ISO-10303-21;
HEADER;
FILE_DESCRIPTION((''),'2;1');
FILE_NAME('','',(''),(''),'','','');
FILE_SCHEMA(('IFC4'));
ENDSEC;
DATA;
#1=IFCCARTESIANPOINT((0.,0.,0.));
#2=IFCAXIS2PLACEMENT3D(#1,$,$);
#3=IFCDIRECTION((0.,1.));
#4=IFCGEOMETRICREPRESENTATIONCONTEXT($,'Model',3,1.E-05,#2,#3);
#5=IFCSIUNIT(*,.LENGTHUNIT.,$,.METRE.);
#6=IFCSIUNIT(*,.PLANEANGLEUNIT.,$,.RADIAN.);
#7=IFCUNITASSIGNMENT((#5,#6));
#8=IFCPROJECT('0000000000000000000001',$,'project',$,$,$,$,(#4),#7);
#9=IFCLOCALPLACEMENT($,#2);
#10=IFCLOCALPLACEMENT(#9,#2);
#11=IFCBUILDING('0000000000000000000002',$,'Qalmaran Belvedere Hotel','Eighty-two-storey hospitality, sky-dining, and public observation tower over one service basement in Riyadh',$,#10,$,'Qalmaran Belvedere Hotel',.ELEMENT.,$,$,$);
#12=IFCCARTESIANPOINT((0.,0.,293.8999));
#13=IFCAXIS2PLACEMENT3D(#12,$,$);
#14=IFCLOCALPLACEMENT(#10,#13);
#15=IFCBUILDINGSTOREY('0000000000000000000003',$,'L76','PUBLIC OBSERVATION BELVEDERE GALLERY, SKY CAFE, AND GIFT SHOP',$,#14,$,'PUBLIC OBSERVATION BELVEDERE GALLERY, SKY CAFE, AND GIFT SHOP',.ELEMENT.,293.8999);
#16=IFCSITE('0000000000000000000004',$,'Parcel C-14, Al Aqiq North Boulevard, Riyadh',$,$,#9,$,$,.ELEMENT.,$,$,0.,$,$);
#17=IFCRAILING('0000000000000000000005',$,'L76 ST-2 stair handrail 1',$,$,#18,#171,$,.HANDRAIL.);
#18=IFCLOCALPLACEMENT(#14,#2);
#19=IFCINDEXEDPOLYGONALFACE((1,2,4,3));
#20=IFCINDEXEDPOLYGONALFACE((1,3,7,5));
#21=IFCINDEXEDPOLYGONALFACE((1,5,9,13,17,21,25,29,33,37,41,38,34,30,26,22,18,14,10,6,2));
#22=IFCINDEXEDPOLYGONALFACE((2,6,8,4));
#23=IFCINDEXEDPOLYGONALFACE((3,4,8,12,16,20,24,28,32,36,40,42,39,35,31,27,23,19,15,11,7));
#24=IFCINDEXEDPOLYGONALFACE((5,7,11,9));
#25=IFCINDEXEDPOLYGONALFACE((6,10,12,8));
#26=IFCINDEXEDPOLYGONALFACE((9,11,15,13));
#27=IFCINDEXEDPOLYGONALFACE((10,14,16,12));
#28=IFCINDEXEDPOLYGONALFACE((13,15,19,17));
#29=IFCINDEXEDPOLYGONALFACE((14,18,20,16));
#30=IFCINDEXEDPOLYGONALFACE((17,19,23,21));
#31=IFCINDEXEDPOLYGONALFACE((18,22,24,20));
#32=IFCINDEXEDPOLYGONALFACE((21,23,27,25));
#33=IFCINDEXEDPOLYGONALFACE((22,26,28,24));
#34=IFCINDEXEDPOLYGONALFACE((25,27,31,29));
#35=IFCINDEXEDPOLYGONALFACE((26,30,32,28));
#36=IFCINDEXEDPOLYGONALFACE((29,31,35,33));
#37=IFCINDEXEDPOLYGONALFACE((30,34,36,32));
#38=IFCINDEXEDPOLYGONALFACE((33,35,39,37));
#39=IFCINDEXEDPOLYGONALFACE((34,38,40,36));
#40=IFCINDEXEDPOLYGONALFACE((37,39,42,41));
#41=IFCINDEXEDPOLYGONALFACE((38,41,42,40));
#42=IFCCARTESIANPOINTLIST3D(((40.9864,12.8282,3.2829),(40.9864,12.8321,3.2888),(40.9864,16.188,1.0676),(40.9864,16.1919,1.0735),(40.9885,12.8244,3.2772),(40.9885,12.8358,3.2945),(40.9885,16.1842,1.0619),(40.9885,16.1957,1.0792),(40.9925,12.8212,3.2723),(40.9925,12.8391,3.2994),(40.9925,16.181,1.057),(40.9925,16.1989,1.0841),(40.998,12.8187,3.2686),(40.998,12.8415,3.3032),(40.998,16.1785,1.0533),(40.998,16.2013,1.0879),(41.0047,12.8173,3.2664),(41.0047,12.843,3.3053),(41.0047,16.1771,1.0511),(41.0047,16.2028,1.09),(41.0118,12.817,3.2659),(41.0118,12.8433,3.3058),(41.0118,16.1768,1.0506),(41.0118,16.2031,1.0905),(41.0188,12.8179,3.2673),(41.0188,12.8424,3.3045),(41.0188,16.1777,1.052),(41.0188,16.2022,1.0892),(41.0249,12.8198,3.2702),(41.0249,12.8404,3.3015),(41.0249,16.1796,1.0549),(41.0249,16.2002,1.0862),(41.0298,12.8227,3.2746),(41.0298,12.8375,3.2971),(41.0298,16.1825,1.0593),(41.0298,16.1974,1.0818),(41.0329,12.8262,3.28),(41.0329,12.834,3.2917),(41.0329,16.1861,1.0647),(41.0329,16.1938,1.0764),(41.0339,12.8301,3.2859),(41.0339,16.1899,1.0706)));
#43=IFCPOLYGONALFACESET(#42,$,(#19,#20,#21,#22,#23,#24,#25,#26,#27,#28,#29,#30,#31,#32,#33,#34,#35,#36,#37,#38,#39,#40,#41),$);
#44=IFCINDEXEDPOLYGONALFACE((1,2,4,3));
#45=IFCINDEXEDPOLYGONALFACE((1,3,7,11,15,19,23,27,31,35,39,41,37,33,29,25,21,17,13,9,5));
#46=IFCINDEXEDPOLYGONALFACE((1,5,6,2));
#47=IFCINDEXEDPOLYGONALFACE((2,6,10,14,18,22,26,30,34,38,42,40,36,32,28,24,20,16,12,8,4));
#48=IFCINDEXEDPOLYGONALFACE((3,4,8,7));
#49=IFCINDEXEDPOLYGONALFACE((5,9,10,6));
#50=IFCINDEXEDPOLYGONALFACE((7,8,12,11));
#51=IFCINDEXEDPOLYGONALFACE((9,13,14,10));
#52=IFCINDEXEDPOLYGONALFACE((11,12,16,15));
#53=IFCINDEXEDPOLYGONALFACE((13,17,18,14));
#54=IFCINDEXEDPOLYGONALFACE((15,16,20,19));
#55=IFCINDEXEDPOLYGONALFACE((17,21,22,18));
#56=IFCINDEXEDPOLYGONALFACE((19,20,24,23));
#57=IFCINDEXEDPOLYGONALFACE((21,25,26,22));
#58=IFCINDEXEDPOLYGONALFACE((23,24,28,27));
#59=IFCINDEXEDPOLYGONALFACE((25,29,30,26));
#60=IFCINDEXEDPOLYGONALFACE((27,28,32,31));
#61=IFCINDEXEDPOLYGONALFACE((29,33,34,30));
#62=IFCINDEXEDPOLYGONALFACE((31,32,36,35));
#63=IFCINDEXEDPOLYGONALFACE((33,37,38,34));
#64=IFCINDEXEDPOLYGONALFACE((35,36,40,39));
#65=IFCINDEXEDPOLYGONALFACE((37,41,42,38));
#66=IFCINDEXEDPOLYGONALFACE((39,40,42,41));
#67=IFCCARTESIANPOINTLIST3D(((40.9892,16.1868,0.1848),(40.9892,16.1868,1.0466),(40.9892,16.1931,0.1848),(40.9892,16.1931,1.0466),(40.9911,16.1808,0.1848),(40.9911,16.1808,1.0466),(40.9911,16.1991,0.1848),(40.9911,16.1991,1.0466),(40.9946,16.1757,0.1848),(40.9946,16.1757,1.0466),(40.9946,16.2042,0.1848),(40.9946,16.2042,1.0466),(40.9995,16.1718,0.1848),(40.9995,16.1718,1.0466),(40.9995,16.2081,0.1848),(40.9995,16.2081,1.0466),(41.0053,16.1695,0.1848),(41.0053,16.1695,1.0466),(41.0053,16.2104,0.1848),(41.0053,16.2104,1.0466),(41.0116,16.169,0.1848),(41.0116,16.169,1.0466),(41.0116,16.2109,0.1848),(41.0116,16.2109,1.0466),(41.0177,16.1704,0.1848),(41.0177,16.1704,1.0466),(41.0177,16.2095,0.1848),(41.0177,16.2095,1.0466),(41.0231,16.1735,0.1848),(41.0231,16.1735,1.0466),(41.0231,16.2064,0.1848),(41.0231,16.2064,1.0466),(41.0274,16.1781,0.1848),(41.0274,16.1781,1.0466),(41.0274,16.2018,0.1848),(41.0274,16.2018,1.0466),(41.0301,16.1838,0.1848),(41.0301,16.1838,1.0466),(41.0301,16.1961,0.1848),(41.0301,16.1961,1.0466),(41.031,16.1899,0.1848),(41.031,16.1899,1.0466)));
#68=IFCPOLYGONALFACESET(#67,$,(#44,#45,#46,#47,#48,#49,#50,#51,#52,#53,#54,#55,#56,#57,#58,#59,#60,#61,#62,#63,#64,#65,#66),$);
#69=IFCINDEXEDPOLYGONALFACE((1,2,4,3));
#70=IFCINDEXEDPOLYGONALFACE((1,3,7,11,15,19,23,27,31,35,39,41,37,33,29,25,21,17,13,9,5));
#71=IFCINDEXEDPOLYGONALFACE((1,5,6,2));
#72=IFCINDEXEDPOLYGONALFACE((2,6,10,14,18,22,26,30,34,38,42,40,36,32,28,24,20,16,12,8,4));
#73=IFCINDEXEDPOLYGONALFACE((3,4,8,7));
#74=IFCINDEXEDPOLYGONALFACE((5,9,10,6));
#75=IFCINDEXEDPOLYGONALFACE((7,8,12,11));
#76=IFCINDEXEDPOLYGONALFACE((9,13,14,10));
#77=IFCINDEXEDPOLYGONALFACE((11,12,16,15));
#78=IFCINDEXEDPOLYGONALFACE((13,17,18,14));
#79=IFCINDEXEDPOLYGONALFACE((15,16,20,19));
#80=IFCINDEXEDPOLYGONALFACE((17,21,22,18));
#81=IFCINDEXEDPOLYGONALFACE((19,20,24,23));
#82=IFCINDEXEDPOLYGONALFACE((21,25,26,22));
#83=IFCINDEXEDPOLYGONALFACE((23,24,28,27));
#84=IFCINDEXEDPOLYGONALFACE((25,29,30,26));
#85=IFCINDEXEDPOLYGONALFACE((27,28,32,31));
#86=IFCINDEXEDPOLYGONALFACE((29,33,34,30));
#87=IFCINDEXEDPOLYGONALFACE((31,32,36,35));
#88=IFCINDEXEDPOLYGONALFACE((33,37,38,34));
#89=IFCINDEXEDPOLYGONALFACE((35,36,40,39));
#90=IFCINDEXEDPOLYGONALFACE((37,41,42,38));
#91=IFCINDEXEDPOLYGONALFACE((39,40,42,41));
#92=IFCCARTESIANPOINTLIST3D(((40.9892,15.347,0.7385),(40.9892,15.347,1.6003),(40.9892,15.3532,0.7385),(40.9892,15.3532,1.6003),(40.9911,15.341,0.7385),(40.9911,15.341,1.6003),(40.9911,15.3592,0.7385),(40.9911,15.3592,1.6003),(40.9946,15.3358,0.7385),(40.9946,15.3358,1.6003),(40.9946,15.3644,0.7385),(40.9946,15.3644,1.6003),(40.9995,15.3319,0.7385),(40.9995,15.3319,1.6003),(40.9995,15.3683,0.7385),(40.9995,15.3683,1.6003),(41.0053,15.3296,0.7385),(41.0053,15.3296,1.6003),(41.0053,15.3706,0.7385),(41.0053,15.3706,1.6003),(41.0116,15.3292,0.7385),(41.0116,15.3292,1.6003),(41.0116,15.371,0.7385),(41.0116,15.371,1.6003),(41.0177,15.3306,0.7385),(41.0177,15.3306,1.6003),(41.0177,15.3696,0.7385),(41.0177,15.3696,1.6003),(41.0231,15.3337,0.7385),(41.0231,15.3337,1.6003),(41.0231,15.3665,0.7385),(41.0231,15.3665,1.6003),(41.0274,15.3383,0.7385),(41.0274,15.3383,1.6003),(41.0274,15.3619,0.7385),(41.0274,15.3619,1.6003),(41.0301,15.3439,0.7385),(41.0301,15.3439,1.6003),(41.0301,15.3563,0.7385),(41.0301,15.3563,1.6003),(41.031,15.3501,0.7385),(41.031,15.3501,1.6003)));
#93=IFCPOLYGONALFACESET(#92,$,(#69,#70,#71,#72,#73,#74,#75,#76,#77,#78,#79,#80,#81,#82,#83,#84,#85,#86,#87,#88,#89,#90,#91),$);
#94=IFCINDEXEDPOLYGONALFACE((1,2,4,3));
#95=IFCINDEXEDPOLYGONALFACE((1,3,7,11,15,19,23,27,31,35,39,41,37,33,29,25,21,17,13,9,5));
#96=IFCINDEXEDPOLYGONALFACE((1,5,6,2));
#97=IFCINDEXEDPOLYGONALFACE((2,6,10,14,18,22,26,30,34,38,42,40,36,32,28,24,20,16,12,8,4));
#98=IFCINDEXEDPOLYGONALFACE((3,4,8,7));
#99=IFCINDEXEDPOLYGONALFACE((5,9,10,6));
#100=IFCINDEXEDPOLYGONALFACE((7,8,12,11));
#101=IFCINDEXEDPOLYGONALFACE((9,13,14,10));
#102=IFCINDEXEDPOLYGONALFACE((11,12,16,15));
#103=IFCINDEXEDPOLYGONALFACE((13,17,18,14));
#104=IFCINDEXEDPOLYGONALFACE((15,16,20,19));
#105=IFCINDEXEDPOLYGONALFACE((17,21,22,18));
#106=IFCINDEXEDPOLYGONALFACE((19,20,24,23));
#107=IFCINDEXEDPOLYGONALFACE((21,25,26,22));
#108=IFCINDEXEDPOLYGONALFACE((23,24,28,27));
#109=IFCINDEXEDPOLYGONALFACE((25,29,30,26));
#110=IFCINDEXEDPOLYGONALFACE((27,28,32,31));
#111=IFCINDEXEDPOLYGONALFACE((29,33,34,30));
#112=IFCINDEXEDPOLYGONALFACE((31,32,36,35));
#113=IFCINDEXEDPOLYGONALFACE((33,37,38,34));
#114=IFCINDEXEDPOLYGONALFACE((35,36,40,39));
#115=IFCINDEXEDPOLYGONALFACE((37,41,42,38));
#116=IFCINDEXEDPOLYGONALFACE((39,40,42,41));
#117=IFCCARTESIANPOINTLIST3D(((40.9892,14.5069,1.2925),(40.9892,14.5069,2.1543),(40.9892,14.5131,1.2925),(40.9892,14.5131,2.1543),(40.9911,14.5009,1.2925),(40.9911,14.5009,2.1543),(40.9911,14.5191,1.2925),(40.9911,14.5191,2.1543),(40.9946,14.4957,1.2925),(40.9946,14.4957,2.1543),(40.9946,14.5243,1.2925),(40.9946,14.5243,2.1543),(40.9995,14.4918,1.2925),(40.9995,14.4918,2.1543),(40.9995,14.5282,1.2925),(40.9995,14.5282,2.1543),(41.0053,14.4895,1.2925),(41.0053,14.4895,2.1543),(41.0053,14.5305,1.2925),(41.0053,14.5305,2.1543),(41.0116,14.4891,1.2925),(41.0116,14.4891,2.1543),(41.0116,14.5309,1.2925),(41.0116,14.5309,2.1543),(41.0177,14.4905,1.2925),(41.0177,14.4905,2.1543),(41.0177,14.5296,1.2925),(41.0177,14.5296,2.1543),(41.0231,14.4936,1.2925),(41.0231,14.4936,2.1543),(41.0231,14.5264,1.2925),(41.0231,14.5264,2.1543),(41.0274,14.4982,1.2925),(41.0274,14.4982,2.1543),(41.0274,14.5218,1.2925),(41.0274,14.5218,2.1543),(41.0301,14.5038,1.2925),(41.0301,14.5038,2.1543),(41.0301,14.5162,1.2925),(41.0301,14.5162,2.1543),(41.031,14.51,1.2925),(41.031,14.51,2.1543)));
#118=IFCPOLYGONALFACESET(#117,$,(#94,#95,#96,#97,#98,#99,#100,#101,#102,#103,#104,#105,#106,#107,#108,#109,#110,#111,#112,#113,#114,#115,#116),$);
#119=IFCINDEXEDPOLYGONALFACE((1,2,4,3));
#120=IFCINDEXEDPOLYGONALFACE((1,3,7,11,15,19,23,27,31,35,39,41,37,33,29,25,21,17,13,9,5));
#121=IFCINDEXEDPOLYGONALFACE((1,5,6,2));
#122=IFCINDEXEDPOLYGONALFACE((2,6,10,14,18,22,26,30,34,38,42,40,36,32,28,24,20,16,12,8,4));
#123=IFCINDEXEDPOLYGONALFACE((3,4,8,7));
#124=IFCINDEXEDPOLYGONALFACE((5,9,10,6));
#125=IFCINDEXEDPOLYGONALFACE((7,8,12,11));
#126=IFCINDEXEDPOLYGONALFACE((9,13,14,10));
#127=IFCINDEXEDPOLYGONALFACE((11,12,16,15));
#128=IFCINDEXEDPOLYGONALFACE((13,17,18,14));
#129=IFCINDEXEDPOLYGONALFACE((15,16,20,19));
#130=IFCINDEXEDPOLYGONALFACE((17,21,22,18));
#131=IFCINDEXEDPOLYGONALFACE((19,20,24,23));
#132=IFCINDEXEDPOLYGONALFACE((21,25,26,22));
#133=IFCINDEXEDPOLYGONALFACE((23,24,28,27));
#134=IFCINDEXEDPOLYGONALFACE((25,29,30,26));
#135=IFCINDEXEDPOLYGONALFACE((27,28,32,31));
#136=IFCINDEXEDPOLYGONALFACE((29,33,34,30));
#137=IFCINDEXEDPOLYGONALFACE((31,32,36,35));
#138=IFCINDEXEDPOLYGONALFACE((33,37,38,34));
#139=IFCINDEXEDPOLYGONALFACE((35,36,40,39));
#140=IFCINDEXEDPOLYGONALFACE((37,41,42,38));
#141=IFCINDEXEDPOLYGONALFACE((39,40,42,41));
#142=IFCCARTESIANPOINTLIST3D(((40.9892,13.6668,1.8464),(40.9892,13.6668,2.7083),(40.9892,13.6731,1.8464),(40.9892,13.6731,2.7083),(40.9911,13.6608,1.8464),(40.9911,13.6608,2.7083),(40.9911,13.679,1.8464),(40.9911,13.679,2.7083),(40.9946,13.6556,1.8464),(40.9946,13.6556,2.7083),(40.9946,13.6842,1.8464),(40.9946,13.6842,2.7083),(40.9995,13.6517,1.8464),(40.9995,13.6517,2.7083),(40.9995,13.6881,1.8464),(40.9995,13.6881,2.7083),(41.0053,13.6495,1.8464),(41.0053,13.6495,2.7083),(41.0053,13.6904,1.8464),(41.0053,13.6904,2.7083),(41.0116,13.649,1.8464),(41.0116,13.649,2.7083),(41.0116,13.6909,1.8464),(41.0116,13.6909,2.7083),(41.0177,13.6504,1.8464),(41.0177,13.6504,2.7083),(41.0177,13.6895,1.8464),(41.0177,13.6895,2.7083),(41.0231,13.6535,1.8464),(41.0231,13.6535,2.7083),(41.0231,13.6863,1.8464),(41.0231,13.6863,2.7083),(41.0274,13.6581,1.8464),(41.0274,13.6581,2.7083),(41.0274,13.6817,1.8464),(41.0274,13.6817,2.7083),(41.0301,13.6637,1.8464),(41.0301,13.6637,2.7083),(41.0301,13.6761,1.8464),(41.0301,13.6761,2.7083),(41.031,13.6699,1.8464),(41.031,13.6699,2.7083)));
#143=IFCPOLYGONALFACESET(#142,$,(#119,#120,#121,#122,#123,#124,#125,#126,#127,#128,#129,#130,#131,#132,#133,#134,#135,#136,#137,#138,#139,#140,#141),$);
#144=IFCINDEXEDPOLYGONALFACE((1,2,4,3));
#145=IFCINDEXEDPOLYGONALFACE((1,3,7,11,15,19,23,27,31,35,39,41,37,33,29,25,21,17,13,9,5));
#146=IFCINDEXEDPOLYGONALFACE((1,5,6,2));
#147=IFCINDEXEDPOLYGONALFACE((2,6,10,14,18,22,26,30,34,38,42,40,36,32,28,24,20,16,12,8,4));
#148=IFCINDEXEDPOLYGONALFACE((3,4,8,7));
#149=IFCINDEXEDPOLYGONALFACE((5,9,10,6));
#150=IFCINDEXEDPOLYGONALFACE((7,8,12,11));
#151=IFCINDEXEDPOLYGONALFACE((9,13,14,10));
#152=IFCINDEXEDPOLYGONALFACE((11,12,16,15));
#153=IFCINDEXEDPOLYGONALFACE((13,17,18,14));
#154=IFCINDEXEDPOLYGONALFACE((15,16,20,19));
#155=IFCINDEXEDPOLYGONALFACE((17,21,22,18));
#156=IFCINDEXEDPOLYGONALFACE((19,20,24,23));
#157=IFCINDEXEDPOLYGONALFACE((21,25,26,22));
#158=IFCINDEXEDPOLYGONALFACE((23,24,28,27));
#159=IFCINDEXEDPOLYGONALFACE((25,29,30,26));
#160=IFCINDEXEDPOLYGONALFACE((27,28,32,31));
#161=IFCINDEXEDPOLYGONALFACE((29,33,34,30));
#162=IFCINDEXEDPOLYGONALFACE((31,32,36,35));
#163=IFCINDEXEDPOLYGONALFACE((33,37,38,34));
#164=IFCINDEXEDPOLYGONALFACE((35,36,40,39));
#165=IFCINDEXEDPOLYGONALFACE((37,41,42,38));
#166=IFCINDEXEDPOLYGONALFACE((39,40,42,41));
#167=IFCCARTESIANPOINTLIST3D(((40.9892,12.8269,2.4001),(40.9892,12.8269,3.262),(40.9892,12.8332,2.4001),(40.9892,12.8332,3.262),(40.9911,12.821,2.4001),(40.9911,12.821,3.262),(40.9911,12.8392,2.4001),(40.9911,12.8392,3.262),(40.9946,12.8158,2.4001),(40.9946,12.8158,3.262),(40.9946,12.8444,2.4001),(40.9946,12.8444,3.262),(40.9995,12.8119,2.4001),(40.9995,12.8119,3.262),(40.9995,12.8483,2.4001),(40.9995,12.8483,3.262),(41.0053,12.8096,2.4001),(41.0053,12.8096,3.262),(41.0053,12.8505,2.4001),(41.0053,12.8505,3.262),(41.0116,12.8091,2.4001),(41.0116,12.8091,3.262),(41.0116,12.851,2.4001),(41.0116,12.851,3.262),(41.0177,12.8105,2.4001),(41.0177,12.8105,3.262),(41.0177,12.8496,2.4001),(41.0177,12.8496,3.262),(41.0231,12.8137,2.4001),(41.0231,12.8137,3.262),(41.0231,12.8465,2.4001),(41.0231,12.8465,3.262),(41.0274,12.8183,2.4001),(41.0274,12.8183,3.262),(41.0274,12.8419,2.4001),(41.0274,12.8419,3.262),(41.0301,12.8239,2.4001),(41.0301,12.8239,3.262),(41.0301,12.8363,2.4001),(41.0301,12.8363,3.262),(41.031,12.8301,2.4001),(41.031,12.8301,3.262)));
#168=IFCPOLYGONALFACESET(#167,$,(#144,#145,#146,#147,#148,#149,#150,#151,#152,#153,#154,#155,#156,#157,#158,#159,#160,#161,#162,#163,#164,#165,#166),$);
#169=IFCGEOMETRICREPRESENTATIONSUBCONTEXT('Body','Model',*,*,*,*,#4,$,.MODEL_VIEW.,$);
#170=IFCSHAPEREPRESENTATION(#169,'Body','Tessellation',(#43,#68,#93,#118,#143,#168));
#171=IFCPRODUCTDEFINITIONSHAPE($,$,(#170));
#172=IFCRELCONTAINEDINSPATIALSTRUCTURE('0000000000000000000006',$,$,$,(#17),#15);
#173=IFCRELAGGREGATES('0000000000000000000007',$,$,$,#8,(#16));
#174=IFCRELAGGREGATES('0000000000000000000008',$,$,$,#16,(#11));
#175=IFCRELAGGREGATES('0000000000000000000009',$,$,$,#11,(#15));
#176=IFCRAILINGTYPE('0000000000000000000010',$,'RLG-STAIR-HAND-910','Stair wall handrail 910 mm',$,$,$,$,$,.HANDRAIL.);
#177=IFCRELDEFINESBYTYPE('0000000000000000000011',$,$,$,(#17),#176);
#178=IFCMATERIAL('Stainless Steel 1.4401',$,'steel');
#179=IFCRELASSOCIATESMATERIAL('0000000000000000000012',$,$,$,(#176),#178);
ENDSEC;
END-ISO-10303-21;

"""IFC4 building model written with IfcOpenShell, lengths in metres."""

from ifc_helpers import new_model, si_unit, direction, frame, origin, origin_2d, place, context, subcontext, project, spatial, circle, extrude, material, type_object, element, save


model = new_model("IFC4")

# Units and contexts
model_context = context("Model", 3, precision=1e-05, world=origin(), true_north=direction((0.0, 1.0)))
body_context = subcontext(model_context, "Body", "Model", "MODEL_VIEW")
ifc_project = project(units=[si_unit("LENGTHUNIT", "METRE"), si_unit("PLANEANGLEUNIT", "RADIAN")], contexts=[model_context])

# Site, building, storey
site_placement = place(None, origin())
site = spatial("IfcSite", under=ifc_project, at=site_placement, Name="Parcel C-14, Al Aqiq North Boulevard, Riyadh", CompositionType="ELEMENT", RefElevation=0.0)
building_placement = place(site_placement, origin())
building = spatial("IfcBuilding", under=site, at=building_placement, Name="Qalmaran Belvedere Hotel", Description="Eighty-two-storey hospitality, sky-dining, and public observation tower over one service basement in Riyadh", LongName="Qalmaran Belvedere Hotel", CompositionType="ELEMENT")
storey_placement = place(building_placement, frame((0.0, 0.0, 293.8999)))
storey = spatial("IfcBuildingStorey", under=building, at=storey_placement, Name="L76", Description="PUBLIC OBSERVATION BELVEDERE GALLERY, SKY CAFE, AND GIFT SHOP", LongName="PUBLIC OBSERVATION BELVEDERE GALLERY, SKY CAFE, AND GIFT SHOP", CompositionType="ELEMENT", Elevation=293.8999)

# Shared definitions
ifc_material_1 = material(Name="Stainless Steel 1.4401", Category="steel")

# Railing
railing_type = type_object("IfcRailingType", Name="RLG-STAIR-HAND-910", Description="Stair wall handrail 910 mm", PredefinedType="HANDRAIL", material=ifc_material_1)
railing_1_placement = place(storey_placement, frame((41.01, 16.1899, 0.1848)))
element("IfcRailing", 1, at=railing_1_placement, inside=storey, type_object=railing_type, Name="L76 ST-2 stair handrail 1", PredefinedType="HANDRAIL", context=body_context, shape_type="SweptSolid", body=[
    extrude(circle(Radius=0.0239, at=origin_2d()), frame((0.0, 0.0, 0.8857), z_axis=(0.0, -0.834858, 0.550465), x_axis=(1.0, 0.0, 0.0)), (0.0, 0.0, 1.0), 4.0244),
    extrude(circle(Radius=0.021, at=origin_2d()), origin(), (0.0, 0.0, 1.0), 0.8618),
    extrude(circle(Radius=0.021, at=origin_2d()), frame((0.0, -0.8398, 0.5537)), (0.0, 0.0, 1.0), 0.8618),
    extrude(circle(Radius=0.021, at=origin_2d()), frame((0.0, -1.6799, 1.1077)), (0.0, 0.0, 1.0), 0.8618),
    extrude(circle(Radius=0.021, at=origin_2d()), frame((0.0, -2.52, 1.6616)), (0.0, 0.0, 1.0), 0.8618),
    extrude(circle(Radius=0.021, at=origin_2d()), frame((0.0, -3.3599, 2.2153)), (0.0, 0.0, 1.0), 0.8618),
])

save(model, "model.ifc")
